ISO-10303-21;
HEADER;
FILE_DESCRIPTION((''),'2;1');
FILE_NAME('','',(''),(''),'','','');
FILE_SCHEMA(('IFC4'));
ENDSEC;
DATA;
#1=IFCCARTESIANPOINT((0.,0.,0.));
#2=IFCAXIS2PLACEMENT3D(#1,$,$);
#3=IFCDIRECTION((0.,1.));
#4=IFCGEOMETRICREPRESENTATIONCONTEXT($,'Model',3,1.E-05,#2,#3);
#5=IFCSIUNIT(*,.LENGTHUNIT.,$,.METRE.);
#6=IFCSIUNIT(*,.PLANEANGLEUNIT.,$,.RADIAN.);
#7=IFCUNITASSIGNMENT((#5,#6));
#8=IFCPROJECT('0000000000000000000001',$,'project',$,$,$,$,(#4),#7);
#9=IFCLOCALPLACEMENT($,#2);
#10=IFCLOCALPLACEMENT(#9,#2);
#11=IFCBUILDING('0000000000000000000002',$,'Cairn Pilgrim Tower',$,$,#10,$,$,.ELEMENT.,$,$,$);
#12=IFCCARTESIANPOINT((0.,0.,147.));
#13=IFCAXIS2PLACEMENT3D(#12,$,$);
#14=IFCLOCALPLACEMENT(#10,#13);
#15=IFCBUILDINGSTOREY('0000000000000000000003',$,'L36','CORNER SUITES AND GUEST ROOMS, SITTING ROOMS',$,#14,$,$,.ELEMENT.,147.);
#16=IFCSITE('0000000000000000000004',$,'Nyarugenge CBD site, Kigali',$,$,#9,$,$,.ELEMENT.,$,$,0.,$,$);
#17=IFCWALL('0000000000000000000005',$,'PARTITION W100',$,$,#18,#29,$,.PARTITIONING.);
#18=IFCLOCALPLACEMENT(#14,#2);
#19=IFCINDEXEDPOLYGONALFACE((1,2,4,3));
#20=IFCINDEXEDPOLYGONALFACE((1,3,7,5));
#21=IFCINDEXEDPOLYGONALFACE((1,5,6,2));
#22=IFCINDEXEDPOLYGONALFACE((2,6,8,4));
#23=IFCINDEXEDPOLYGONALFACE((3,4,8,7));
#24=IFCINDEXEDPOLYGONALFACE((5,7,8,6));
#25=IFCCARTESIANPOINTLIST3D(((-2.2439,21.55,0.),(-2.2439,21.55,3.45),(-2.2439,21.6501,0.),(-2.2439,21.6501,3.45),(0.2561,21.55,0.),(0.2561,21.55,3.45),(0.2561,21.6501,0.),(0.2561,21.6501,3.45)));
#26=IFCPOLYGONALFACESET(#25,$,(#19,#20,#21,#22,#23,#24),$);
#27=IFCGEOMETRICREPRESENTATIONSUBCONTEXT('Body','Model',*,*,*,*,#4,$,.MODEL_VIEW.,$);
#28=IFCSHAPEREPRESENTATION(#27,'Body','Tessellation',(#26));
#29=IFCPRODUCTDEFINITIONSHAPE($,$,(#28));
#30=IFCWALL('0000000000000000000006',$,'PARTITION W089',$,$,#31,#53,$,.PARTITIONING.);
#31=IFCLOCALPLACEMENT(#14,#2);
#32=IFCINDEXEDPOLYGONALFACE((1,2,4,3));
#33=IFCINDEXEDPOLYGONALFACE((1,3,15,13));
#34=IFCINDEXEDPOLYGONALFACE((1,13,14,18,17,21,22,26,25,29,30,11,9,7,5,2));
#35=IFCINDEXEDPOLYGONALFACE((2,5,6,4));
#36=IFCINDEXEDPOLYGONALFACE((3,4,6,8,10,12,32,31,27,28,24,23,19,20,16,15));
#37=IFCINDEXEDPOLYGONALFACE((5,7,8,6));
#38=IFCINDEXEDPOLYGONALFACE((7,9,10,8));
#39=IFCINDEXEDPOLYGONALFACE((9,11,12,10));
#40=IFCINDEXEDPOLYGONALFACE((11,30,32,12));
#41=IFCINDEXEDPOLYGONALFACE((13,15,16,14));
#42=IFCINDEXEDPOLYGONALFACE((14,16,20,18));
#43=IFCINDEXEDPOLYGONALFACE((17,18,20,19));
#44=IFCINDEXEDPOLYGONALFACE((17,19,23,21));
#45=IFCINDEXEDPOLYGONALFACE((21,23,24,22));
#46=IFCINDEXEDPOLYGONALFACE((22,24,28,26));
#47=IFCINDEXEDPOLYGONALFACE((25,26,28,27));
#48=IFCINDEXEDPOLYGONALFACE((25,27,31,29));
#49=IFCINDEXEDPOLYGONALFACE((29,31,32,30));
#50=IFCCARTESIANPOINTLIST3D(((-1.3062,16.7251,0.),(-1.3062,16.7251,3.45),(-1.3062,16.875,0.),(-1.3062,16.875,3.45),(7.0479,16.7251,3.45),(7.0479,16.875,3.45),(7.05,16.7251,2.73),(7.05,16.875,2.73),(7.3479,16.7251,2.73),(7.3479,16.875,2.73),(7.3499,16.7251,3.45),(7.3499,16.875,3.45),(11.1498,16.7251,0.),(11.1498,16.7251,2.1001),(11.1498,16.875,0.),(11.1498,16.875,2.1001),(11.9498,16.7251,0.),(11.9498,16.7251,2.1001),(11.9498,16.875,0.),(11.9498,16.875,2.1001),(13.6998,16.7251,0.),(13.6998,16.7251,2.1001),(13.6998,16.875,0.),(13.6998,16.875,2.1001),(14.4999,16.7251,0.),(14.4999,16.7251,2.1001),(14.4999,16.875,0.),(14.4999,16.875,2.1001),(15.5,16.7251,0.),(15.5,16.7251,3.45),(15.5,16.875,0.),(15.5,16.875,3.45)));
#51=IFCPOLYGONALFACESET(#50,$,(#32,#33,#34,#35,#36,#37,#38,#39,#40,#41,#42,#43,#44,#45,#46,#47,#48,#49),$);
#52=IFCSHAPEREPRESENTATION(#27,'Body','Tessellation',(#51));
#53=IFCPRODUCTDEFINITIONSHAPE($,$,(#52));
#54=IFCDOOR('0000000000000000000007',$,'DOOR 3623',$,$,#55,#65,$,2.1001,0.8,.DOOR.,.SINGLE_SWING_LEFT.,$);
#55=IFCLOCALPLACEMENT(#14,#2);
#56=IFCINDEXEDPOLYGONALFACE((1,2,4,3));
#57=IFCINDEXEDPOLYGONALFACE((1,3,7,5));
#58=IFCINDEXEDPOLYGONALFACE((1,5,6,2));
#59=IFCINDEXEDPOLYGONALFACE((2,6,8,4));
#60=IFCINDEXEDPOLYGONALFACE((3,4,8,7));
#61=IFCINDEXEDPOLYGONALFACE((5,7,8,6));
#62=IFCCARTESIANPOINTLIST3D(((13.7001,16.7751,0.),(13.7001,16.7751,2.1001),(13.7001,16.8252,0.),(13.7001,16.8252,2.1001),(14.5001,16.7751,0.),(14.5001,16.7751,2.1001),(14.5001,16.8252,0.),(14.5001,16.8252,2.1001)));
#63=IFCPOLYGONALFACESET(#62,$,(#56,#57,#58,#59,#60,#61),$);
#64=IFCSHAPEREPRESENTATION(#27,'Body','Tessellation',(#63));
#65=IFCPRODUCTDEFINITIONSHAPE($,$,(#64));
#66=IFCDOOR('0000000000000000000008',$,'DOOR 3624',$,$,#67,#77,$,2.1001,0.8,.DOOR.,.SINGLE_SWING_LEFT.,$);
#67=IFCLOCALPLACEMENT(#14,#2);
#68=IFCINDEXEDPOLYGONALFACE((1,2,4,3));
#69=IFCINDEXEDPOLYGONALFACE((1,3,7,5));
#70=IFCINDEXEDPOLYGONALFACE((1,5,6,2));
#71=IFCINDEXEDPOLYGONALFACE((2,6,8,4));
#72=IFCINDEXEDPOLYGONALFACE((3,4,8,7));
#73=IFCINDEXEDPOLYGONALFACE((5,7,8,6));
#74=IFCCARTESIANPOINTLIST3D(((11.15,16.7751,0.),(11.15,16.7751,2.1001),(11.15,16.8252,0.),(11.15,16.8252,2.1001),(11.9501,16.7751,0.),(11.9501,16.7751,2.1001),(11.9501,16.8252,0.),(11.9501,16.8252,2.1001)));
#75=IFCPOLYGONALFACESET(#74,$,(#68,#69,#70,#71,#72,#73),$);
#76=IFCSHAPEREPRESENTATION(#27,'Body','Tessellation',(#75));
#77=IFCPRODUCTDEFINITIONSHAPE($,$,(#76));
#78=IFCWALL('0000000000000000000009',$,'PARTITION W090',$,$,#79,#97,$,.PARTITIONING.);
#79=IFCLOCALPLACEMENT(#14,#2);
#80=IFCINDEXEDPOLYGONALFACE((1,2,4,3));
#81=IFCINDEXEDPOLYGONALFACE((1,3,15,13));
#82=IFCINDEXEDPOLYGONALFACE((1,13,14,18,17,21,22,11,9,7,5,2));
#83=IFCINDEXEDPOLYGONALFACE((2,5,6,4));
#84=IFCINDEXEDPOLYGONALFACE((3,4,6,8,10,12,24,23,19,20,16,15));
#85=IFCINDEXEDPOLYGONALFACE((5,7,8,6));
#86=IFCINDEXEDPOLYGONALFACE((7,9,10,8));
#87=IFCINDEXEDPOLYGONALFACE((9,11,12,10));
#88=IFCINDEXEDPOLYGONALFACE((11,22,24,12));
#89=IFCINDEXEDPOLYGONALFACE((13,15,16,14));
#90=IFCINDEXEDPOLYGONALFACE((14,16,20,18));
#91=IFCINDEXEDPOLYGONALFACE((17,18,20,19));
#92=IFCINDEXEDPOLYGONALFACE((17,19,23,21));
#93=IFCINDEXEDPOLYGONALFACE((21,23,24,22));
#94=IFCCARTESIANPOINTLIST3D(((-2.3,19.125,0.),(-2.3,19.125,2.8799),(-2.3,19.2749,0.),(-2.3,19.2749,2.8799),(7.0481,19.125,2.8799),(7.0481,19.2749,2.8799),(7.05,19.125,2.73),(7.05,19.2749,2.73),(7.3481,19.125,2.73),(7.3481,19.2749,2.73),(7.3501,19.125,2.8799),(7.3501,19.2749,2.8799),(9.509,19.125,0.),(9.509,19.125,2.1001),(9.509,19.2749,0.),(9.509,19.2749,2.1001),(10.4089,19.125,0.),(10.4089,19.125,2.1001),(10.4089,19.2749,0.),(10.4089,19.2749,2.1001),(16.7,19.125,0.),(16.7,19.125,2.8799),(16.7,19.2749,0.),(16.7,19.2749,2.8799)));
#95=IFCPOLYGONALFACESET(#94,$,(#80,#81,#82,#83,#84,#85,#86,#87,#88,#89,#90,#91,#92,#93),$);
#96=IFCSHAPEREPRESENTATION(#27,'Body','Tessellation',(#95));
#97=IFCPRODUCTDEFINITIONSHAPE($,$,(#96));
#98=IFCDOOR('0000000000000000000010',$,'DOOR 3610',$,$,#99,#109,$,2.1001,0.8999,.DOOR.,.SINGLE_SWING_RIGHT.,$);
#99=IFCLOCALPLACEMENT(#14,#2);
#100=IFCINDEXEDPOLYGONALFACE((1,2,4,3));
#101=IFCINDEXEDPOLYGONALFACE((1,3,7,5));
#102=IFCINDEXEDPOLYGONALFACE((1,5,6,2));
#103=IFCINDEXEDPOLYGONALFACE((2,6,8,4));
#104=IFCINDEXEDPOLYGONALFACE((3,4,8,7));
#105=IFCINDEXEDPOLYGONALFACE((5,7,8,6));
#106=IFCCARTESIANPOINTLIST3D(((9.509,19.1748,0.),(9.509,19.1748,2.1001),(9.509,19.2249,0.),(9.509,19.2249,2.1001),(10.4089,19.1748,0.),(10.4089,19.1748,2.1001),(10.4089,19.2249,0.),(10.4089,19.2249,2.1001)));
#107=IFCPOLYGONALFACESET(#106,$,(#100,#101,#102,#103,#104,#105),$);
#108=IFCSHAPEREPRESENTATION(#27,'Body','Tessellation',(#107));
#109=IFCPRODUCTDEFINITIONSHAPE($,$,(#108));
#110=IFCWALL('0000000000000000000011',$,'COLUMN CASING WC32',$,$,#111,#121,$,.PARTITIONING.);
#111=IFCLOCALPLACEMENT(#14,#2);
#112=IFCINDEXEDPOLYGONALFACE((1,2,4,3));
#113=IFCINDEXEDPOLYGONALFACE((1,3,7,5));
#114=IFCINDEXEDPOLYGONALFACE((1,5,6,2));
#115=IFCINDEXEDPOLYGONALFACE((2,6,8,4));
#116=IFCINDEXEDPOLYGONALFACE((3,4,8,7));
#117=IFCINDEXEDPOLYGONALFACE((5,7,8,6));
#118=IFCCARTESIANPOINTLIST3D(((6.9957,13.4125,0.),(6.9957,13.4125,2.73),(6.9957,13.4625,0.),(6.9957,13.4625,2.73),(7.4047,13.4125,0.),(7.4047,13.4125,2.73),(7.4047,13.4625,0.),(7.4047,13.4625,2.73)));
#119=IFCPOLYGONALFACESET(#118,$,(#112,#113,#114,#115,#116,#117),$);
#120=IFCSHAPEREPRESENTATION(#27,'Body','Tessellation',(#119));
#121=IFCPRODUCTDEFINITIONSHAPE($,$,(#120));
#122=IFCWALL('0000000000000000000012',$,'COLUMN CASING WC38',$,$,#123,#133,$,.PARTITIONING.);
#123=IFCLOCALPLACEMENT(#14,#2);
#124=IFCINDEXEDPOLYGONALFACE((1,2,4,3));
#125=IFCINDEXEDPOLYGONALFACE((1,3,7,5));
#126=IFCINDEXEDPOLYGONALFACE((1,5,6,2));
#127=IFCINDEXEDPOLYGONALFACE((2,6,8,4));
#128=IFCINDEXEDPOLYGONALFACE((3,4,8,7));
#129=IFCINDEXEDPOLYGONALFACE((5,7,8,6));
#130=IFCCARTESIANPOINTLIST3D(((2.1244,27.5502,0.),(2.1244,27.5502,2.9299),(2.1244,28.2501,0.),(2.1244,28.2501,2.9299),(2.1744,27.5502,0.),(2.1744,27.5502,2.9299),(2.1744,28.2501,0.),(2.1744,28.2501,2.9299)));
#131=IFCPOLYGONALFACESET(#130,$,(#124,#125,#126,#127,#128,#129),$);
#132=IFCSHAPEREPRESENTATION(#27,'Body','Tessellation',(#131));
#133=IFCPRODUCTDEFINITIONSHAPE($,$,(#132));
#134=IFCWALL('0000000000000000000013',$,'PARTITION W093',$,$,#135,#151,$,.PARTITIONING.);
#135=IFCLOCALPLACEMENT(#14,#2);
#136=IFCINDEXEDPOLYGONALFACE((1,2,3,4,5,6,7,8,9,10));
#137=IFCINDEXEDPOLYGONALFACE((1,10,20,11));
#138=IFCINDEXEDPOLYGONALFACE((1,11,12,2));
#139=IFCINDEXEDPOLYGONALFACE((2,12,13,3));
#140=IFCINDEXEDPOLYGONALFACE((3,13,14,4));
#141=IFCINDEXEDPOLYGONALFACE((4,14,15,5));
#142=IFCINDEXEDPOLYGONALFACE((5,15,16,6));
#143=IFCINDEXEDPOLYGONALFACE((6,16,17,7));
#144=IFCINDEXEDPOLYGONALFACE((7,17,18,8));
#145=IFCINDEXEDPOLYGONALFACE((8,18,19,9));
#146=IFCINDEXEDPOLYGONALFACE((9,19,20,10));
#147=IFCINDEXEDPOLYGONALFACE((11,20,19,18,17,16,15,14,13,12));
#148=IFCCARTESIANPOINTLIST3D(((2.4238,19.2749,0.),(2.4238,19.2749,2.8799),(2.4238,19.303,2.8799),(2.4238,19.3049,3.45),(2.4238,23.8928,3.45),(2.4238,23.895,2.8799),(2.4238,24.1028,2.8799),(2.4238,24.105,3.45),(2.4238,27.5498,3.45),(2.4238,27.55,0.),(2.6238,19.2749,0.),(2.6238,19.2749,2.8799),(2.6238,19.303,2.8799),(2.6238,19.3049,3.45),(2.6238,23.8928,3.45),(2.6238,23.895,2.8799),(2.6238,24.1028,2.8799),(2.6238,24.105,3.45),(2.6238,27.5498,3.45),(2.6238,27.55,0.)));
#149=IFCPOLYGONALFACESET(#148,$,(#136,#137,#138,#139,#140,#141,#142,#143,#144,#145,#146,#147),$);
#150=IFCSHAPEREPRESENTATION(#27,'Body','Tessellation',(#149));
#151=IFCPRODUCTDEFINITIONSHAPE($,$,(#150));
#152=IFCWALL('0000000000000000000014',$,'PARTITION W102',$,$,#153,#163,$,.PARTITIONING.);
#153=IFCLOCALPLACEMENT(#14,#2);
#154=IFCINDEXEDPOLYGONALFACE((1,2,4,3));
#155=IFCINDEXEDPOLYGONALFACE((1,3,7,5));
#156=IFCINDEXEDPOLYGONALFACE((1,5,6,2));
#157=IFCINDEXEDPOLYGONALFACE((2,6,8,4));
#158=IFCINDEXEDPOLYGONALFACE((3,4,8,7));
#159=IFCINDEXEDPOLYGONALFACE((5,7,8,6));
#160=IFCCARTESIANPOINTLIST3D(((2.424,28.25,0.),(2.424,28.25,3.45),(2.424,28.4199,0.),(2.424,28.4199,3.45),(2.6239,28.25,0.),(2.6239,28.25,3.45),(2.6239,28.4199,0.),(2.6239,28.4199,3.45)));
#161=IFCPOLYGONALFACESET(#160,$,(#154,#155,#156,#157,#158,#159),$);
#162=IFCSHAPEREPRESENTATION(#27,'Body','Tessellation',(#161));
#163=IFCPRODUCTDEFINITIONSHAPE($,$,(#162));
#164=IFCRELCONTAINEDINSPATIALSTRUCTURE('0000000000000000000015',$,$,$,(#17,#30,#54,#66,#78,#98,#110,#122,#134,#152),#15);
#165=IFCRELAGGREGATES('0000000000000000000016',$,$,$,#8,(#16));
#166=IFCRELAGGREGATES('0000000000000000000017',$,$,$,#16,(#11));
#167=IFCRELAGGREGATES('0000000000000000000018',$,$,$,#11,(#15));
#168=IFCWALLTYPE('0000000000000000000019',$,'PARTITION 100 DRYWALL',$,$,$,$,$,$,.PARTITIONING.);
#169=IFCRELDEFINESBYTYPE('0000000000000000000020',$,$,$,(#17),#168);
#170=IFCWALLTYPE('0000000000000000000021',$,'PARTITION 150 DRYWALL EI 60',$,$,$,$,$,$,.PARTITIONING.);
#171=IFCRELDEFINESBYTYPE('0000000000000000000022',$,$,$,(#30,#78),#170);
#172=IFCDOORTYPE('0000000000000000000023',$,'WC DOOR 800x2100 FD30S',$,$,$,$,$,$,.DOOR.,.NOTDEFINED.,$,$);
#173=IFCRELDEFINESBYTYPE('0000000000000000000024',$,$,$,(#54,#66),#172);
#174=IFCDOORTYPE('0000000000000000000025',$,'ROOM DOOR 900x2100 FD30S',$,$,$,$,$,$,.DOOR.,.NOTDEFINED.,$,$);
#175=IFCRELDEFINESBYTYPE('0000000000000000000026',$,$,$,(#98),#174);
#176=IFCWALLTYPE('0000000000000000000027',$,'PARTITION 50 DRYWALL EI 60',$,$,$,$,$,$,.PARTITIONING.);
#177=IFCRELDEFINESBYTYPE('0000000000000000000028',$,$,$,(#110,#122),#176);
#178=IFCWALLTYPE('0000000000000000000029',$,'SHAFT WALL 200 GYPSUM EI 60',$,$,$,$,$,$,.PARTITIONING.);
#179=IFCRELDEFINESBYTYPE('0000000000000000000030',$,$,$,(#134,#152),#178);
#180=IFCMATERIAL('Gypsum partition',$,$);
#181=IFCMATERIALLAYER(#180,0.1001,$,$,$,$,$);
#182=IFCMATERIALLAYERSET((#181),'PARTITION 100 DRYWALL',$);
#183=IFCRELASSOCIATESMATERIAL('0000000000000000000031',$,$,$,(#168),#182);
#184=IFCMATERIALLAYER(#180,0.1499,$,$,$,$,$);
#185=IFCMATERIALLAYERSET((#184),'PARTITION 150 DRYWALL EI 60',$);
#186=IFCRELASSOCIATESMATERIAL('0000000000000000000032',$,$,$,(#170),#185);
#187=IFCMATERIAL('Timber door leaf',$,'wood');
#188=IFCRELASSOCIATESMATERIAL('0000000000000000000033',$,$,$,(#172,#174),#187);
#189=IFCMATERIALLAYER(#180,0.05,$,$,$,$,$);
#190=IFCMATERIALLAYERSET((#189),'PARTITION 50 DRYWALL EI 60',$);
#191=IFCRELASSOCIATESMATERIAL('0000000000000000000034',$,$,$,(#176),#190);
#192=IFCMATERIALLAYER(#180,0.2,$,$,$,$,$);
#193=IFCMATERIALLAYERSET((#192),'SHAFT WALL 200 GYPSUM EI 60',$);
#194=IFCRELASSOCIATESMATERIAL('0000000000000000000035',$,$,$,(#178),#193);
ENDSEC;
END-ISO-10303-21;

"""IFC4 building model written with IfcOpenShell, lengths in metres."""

from ifc_helpers import new_model, si_unit, direction, frame, frame_2d, origin, place, context, subcontext, project, spatial, polyline, rectangle, outline, extrude, material, layer, layer_set, type_object, element, fill, save


model = new_model("IFC4")

# Units and contexts
model_context = context("Model", 3, precision=1e-05, world=origin(), true_north=direction((0.0, 1.0)))
body_context = subcontext(model_context, "Body", "Model", "MODEL_VIEW")
ifc_project = project(units=[si_unit("LENGTHUNIT", "METRE"), si_unit("PLANEANGLEUNIT", "RADIAN")], contexts=[model_context])

# Site, building, storey
site_placement = place(None, origin())
site = spatial("IfcSite", under=ifc_project, at=site_placement, Name="Nyarugenge CBD site, Kigali", CompositionType="ELEMENT", RefElevation=0.0)
building_placement = place(site_placement, origin())
building = spatial("IfcBuilding", under=site, at=building_placement, Name="Cairn Pilgrim Tower", CompositionType="ELEMENT")
storey_placement = place(building_placement, frame((0.0, 0.0, 147.0)))
storey = spatial("IfcBuildingStorey", under=building, at=storey_placement, Name="L36", Description="CORNER SUITES AND GUEST ROOMS, SITTING ROOMS", CompositionType="ELEMENT", Elevation=147.0)

# Shared definitions
ifc_material_1 = material(Name="Gypsum partition")
ifc_layer_1 = layer(ifc_material_1, 0.1001)
ifc_layer_set_1 = layer_set([ifc_layer_1], Name="PARTITION 100 DRYWALL")
wall_type_1 = type_object("IfcWallType", Name="PARTITION 100 DRYWALL", PredefinedType="PARTITIONING", material=ifc_layer_set_1)

# Shared definitions
ifc_material_2 = material(Name="Timber door leaf", Category="wood")

# Wall
wall_1_placement = place(storey_placement, frame((-2.2439, 21.6001, 0.0), z_axis=(0.0, 0.0, 1.0), x_axis=(1.0, 0.0, 0.0)))
element("IfcWall", 1, at=wall_1_placement, inside=storey, type_object=wall_type_1, Name="PARTITION W100", PredefinedType="PARTITIONING", context=body_context, shape_type="SweptSolid", body=[
    extrude(rectangle(XDim=2.5, YDim=0.1001, at=frame_2d((1.25, 0.0))), origin(), (0.0, 0.0, 1.0), 3.45),
])

# Wall, openings, doors
ifc_layer_2 = layer(ifc_material_1, 0.1499)
ifc_layer_set_2 = layer_set([ifc_layer_2], Name="PARTITION 150 DRYWALL EI 60")
wall_type_2 = type_object("IfcWallType", Name="PARTITION 150 DRYWALL EI 60", PredefinedType="PARTITIONING", material=ifc_layer_set_2)
wall_2_placement = place(storey_placement, frame((-1.3062, 16.8, 0.0), z_axis=(0.0, 0.0, 1.0), x_axis=(1.0, 0.0, 0.0)))
wall_2 = element("IfcWall", 2, at=wall_2_placement, inside=storey, type_object=wall_type_2, Name="PARTITION W089", PredefinedType="PARTITIONING", context=body_context, shape_type="SweptSolid", body=[
    extrude(outline(polyline([(0.0, 0.0), (16.8062, 0.0), (16.8062, 3.45), (8.656, 3.45), (8.6541, 2.73), (8.3562, 2.73), (8.354, 3.45), (0.0, 3.45), (0.0, 0.0)])), frame((0.0, 0.075, 0.0), z_axis=(0.0, -1.0, 0.0), x_axis=(1.0, 0.0, 0.0)), (0.0, 0.0, 1.0), 0.1499),
])
opening_1_placement = place(wall_2_placement, frame((15.0061, 0.0, 0.0)))
opening_1 = element("IfcOpeningElement", 3, at=opening_1_placement, cuts=wall_2, PredefinedType="OPENING", context=body_context, shape_type="SweptSolid", body=[
    extrude(rectangle(XDim=0.8, YDim=2.1001, at=frame_2d((0.3999, 1.05))), frame((0.0, 0.085, 0.0), z_axis=(0.0, -1.0, 0.0), x_axis=(1.0, 0.0, 0.0)), (0.0, 0.0, 1.0), 0.1699),
])
opening_2_placement = place(wall_2_placement, frame((12.4561, 0.0, 0.0)))
opening_2 = element("IfcOpeningElement", 4, at=opening_2_placement, cuts=wall_2, PredefinedType="OPENING", context=body_context, shape_type="SweptSolid", body=[
    extrude(rectangle(XDim=0.8, YDim=2.1001, at=frame_2d((0.3999, 1.05))), frame((0.0, 0.085, 0.0), z_axis=(0.0, -1.0, 0.0), x_axis=(1.0, 0.0, 0.0)), (0.0, 0.0, 1.0), 0.1699),
])
door_type_1 = type_object("IfcDoorType", Name="WC DOOR 800x2100 FD30S", OperationType="NOTDEFINED", PredefinedType="DOOR", material=ifc_material_2)
door_1_placement = place(opening_1_placement, frame((0.8, 0.0, 0.0), z_axis=(0.0, 0.0, 1.0), x_axis=(-1.0, 0.0, 0.0)))
door_1 = element("IfcDoor", 5, at=door_1_placement, inside=storey, type_object=door_type_1, Name="DOOR 3623", OperationType="SINGLE_SWING_LEFT", OverallHeight=2.1001, OverallWidth=0.8, PredefinedType="DOOR", context=body_context, shape_type="SweptSolid", body=[
    extrude(rectangle(XDim=0.8, YDim=2.1001, at=frame_2d((0.3999, 1.05))), frame((0.0, 0.0249, 0.0), z_axis=(0.0, -1.0, 0.0), x_axis=(1.0, 0.0, 0.0)), (0.0, 0.0, 1.0), 0.05),
])
fill(opening_1, door_1)
door_2_placement = place(opening_2_placement, frame((0.8, 0.0, 0.0), z_axis=(0.0, 0.0, 1.0), x_axis=(-1.0, 0.0, 0.0)))
door_2 = element("IfcDoor", 6, at=door_2_placement, inside=storey, type_object=door_type_1, Name="DOOR 3624", OperationType="SINGLE_SWING_LEFT", OverallHeight=2.1001, OverallWidth=0.8, PredefinedType="DOOR", context=body_context, shape_type="SweptSolid", body=[
    extrude(rectangle(XDim=0.8, YDim=2.1001, at=frame_2d((0.3999, 1.05))), frame((0.0, 0.0249, 0.0), z_axis=(0.0, -1.0, 0.0), x_axis=(1.0, 0.0, 0.0)), (0.0, 0.0, 1.0), 0.05),
])
fill(opening_2, door_2)

# Wall, opening, door
wall_3_placement = place(storey_placement, frame((-2.3, 19.2, 0.0), z_axis=(0.0, 0.0, 1.0), x_axis=(1.0, 0.0, 0.0)))
wall_3 = element("IfcWall", 7, at=wall_3_placement, inside=storey, type_object=wall_type_2, Name="PARTITION W090", PredefinedType="PARTITIONING", context=body_context, shape_type="SweptSolid", body=[
    extrude(outline(polyline([(0.0, 0.0), (19.0, 0.0), (19.0, 2.8799), (9.6501, 2.8799), (9.6482, 2.73), (9.3501, 2.73), (9.3481, 2.8799), (0.0, 2.8799), (0.0, 0.0)])), frame((0.0, 0.075, 0.0), z_axis=(0.0, -1.0, 0.0), x_axis=(1.0, 0.0, 0.0)), (0.0, 0.0, 1.0), 0.1499),
])
opening_3_placement = place(wall_3_placement, frame((11.8091, 0.0, 0.0)))
opening_3 = element("IfcOpeningElement", 8, at=opening_3_placement, cuts=wall_3, PredefinedType="OPENING", context=body_context, shape_type="SweptSolid", body=[
    extrude(rectangle(XDim=0.8999, YDim=2.1001, at=frame_2d((0.45, 1.05))), frame((0.0, 0.085, 0.0), z_axis=(0.0, -1.0, 0.0), x_axis=(1.0, 0.0, 0.0)), (0.0, 0.0, 1.0), 0.1699),
])
door_type_2 = type_object("IfcDoorType", Name="ROOM DOOR 900x2100 FD30S", OperationType="NOTDEFINED", PredefinedType="DOOR", material=ifc_material_2)
door_3_placement = place(opening_3_placement, origin())
door_3 = element("IfcDoor", 9, at=door_3_placement, inside=storey, type_object=door_type_2, Name="DOOR 3610", OperationType="SINGLE_SWING_RIGHT", OverallHeight=2.1001, OverallWidth=0.8999, PredefinedType="DOOR", context=body_context, shape_type="SweptSolid", body=[
    extrude(rectangle(XDim=0.8999, YDim=2.1001, at=frame_2d((0.45, 1.05))), frame((0.0, 0.0249, 0.0), z_axis=(0.0, -1.0, 0.0), x_axis=(1.0, 0.0, 0.0)), (0.0, 0.0, 1.0), 0.05),
])
fill(opening_3, door_3)

# Walls
ifc_layer_3 = layer(ifc_material_1, 0.05)
ifc_layer_set_3 = layer_set([ifc_layer_3], Name="PARTITION 50 DRYWALL EI 60")
wall_type_3 = type_object("IfcWallType", Name="PARTITION 50 DRYWALL EI 60", PredefinedType="PARTITIONING", material=ifc_layer_set_3)
wall_4_placement = place(storey_placement, frame((6.9956, 13.4375, 0.0), z_axis=(0.0, 0.0, 1.0), x_axis=(1.0, 0.0, 0.0)))
element("IfcWall", 10, at=wall_4_placement, inside=storey, type_object=wall_type_3, Name="COLUMN CASING WC32", PredefinedType="PARTITIONING", context=body_context, shape_type="SweptSolid", body=[
    extrude(rectangle(XDim=0.4089, YDim=0.05, at=frame_2d((0.2046, 0.0))), origin(), (0.0, 0.0, 1.0), 2.73),
])
wall_5_placement = place(storey_placement, frame((2.1494, 27.55, 0.0), z_axis=(0.0, 0.0, 1.0), x_axis=(0.0, 1.0, 0.0)))
element("IfcWall", 11, at=wall_5_placement, inside=storey, type_object=wall_type_3, Name="COLUMN CASING WC38", PredefinedType="PARTITIONING", context=body_context, shape_type="SweptSolid", body=[
    extrude(rectangle(XDim=0.7, YDim=0.05, at=frame_2d((0.3501, 0.0))), origin(), (0.0, 0.0, 1.0), 2.9299),
])
ifc_layer_4 = layer(ifc_material_1, 0.2)
ifc_layer_set_4 = layer_set([ifc_layer_4], Name="SHAFT WALL 200 GYPSUM EI 60")
wall_type_4 = type_object("IfcWallType", Name="SHAFT WALL 200 GYPSUM EI 60", PredefinedType="PARTITIONING", material=ifc_layer_set_4)
wall_6_placement = place(storey_placement, frame((2.5239, 19.2749, 0.0), z_axis=(0.0, 0.0, 1.0), x_axis=(0.0, 1.0, 0.0)))
element("IfcWall", 12, at=wall_6_placement, inside=storey, type_object=wall_type_4, Name="PARTITION W093", PredefinedType="PARTITIONING", context=body_context, shape_type="SweptSolid", body=[
    extrude(outline(polyline([(0.0, 0.0), (8.2751, 0.0), (8.2749, 3.45), (4.8301, 3.45), (4.8279, 2.8799), (4.6201, 2.8799), (4.6179, 3.45), (0.03, 3.45), (0.0281, 2.8799), (0.0, 2.8799), (0.0, 0.0)])), frame((0.0, 0.1001, 0.0), z_axis=(0.0, -1.0, 0.0), x_axis=(1.0, 0.0, 0.0)), (0.0, 0.0, 1.0), 0.2),
])
wall_7_placement = place(storey_placement, frame((2.5239, 28.25, 0.0), z_axis=(0.0, 0.0, 1.0), x_axis=(0.0, 1.0, 0.0)))
element("IfcWall", 13, at=wall_7_placement, inside=storey, type_object=wall_type_4, Name="PARTITION W102", PredefinedType="PARTITIONING", context=body_context, shape_type="SweptSolid", body=[
    extrude(rectangle(XDim=0.1699, YDim=0.2, at=frame_2d((0.085, 0.0))), origin(), (0.0, 0.0, 1.0), 3.45),
])

save(model, "model.ifc")
